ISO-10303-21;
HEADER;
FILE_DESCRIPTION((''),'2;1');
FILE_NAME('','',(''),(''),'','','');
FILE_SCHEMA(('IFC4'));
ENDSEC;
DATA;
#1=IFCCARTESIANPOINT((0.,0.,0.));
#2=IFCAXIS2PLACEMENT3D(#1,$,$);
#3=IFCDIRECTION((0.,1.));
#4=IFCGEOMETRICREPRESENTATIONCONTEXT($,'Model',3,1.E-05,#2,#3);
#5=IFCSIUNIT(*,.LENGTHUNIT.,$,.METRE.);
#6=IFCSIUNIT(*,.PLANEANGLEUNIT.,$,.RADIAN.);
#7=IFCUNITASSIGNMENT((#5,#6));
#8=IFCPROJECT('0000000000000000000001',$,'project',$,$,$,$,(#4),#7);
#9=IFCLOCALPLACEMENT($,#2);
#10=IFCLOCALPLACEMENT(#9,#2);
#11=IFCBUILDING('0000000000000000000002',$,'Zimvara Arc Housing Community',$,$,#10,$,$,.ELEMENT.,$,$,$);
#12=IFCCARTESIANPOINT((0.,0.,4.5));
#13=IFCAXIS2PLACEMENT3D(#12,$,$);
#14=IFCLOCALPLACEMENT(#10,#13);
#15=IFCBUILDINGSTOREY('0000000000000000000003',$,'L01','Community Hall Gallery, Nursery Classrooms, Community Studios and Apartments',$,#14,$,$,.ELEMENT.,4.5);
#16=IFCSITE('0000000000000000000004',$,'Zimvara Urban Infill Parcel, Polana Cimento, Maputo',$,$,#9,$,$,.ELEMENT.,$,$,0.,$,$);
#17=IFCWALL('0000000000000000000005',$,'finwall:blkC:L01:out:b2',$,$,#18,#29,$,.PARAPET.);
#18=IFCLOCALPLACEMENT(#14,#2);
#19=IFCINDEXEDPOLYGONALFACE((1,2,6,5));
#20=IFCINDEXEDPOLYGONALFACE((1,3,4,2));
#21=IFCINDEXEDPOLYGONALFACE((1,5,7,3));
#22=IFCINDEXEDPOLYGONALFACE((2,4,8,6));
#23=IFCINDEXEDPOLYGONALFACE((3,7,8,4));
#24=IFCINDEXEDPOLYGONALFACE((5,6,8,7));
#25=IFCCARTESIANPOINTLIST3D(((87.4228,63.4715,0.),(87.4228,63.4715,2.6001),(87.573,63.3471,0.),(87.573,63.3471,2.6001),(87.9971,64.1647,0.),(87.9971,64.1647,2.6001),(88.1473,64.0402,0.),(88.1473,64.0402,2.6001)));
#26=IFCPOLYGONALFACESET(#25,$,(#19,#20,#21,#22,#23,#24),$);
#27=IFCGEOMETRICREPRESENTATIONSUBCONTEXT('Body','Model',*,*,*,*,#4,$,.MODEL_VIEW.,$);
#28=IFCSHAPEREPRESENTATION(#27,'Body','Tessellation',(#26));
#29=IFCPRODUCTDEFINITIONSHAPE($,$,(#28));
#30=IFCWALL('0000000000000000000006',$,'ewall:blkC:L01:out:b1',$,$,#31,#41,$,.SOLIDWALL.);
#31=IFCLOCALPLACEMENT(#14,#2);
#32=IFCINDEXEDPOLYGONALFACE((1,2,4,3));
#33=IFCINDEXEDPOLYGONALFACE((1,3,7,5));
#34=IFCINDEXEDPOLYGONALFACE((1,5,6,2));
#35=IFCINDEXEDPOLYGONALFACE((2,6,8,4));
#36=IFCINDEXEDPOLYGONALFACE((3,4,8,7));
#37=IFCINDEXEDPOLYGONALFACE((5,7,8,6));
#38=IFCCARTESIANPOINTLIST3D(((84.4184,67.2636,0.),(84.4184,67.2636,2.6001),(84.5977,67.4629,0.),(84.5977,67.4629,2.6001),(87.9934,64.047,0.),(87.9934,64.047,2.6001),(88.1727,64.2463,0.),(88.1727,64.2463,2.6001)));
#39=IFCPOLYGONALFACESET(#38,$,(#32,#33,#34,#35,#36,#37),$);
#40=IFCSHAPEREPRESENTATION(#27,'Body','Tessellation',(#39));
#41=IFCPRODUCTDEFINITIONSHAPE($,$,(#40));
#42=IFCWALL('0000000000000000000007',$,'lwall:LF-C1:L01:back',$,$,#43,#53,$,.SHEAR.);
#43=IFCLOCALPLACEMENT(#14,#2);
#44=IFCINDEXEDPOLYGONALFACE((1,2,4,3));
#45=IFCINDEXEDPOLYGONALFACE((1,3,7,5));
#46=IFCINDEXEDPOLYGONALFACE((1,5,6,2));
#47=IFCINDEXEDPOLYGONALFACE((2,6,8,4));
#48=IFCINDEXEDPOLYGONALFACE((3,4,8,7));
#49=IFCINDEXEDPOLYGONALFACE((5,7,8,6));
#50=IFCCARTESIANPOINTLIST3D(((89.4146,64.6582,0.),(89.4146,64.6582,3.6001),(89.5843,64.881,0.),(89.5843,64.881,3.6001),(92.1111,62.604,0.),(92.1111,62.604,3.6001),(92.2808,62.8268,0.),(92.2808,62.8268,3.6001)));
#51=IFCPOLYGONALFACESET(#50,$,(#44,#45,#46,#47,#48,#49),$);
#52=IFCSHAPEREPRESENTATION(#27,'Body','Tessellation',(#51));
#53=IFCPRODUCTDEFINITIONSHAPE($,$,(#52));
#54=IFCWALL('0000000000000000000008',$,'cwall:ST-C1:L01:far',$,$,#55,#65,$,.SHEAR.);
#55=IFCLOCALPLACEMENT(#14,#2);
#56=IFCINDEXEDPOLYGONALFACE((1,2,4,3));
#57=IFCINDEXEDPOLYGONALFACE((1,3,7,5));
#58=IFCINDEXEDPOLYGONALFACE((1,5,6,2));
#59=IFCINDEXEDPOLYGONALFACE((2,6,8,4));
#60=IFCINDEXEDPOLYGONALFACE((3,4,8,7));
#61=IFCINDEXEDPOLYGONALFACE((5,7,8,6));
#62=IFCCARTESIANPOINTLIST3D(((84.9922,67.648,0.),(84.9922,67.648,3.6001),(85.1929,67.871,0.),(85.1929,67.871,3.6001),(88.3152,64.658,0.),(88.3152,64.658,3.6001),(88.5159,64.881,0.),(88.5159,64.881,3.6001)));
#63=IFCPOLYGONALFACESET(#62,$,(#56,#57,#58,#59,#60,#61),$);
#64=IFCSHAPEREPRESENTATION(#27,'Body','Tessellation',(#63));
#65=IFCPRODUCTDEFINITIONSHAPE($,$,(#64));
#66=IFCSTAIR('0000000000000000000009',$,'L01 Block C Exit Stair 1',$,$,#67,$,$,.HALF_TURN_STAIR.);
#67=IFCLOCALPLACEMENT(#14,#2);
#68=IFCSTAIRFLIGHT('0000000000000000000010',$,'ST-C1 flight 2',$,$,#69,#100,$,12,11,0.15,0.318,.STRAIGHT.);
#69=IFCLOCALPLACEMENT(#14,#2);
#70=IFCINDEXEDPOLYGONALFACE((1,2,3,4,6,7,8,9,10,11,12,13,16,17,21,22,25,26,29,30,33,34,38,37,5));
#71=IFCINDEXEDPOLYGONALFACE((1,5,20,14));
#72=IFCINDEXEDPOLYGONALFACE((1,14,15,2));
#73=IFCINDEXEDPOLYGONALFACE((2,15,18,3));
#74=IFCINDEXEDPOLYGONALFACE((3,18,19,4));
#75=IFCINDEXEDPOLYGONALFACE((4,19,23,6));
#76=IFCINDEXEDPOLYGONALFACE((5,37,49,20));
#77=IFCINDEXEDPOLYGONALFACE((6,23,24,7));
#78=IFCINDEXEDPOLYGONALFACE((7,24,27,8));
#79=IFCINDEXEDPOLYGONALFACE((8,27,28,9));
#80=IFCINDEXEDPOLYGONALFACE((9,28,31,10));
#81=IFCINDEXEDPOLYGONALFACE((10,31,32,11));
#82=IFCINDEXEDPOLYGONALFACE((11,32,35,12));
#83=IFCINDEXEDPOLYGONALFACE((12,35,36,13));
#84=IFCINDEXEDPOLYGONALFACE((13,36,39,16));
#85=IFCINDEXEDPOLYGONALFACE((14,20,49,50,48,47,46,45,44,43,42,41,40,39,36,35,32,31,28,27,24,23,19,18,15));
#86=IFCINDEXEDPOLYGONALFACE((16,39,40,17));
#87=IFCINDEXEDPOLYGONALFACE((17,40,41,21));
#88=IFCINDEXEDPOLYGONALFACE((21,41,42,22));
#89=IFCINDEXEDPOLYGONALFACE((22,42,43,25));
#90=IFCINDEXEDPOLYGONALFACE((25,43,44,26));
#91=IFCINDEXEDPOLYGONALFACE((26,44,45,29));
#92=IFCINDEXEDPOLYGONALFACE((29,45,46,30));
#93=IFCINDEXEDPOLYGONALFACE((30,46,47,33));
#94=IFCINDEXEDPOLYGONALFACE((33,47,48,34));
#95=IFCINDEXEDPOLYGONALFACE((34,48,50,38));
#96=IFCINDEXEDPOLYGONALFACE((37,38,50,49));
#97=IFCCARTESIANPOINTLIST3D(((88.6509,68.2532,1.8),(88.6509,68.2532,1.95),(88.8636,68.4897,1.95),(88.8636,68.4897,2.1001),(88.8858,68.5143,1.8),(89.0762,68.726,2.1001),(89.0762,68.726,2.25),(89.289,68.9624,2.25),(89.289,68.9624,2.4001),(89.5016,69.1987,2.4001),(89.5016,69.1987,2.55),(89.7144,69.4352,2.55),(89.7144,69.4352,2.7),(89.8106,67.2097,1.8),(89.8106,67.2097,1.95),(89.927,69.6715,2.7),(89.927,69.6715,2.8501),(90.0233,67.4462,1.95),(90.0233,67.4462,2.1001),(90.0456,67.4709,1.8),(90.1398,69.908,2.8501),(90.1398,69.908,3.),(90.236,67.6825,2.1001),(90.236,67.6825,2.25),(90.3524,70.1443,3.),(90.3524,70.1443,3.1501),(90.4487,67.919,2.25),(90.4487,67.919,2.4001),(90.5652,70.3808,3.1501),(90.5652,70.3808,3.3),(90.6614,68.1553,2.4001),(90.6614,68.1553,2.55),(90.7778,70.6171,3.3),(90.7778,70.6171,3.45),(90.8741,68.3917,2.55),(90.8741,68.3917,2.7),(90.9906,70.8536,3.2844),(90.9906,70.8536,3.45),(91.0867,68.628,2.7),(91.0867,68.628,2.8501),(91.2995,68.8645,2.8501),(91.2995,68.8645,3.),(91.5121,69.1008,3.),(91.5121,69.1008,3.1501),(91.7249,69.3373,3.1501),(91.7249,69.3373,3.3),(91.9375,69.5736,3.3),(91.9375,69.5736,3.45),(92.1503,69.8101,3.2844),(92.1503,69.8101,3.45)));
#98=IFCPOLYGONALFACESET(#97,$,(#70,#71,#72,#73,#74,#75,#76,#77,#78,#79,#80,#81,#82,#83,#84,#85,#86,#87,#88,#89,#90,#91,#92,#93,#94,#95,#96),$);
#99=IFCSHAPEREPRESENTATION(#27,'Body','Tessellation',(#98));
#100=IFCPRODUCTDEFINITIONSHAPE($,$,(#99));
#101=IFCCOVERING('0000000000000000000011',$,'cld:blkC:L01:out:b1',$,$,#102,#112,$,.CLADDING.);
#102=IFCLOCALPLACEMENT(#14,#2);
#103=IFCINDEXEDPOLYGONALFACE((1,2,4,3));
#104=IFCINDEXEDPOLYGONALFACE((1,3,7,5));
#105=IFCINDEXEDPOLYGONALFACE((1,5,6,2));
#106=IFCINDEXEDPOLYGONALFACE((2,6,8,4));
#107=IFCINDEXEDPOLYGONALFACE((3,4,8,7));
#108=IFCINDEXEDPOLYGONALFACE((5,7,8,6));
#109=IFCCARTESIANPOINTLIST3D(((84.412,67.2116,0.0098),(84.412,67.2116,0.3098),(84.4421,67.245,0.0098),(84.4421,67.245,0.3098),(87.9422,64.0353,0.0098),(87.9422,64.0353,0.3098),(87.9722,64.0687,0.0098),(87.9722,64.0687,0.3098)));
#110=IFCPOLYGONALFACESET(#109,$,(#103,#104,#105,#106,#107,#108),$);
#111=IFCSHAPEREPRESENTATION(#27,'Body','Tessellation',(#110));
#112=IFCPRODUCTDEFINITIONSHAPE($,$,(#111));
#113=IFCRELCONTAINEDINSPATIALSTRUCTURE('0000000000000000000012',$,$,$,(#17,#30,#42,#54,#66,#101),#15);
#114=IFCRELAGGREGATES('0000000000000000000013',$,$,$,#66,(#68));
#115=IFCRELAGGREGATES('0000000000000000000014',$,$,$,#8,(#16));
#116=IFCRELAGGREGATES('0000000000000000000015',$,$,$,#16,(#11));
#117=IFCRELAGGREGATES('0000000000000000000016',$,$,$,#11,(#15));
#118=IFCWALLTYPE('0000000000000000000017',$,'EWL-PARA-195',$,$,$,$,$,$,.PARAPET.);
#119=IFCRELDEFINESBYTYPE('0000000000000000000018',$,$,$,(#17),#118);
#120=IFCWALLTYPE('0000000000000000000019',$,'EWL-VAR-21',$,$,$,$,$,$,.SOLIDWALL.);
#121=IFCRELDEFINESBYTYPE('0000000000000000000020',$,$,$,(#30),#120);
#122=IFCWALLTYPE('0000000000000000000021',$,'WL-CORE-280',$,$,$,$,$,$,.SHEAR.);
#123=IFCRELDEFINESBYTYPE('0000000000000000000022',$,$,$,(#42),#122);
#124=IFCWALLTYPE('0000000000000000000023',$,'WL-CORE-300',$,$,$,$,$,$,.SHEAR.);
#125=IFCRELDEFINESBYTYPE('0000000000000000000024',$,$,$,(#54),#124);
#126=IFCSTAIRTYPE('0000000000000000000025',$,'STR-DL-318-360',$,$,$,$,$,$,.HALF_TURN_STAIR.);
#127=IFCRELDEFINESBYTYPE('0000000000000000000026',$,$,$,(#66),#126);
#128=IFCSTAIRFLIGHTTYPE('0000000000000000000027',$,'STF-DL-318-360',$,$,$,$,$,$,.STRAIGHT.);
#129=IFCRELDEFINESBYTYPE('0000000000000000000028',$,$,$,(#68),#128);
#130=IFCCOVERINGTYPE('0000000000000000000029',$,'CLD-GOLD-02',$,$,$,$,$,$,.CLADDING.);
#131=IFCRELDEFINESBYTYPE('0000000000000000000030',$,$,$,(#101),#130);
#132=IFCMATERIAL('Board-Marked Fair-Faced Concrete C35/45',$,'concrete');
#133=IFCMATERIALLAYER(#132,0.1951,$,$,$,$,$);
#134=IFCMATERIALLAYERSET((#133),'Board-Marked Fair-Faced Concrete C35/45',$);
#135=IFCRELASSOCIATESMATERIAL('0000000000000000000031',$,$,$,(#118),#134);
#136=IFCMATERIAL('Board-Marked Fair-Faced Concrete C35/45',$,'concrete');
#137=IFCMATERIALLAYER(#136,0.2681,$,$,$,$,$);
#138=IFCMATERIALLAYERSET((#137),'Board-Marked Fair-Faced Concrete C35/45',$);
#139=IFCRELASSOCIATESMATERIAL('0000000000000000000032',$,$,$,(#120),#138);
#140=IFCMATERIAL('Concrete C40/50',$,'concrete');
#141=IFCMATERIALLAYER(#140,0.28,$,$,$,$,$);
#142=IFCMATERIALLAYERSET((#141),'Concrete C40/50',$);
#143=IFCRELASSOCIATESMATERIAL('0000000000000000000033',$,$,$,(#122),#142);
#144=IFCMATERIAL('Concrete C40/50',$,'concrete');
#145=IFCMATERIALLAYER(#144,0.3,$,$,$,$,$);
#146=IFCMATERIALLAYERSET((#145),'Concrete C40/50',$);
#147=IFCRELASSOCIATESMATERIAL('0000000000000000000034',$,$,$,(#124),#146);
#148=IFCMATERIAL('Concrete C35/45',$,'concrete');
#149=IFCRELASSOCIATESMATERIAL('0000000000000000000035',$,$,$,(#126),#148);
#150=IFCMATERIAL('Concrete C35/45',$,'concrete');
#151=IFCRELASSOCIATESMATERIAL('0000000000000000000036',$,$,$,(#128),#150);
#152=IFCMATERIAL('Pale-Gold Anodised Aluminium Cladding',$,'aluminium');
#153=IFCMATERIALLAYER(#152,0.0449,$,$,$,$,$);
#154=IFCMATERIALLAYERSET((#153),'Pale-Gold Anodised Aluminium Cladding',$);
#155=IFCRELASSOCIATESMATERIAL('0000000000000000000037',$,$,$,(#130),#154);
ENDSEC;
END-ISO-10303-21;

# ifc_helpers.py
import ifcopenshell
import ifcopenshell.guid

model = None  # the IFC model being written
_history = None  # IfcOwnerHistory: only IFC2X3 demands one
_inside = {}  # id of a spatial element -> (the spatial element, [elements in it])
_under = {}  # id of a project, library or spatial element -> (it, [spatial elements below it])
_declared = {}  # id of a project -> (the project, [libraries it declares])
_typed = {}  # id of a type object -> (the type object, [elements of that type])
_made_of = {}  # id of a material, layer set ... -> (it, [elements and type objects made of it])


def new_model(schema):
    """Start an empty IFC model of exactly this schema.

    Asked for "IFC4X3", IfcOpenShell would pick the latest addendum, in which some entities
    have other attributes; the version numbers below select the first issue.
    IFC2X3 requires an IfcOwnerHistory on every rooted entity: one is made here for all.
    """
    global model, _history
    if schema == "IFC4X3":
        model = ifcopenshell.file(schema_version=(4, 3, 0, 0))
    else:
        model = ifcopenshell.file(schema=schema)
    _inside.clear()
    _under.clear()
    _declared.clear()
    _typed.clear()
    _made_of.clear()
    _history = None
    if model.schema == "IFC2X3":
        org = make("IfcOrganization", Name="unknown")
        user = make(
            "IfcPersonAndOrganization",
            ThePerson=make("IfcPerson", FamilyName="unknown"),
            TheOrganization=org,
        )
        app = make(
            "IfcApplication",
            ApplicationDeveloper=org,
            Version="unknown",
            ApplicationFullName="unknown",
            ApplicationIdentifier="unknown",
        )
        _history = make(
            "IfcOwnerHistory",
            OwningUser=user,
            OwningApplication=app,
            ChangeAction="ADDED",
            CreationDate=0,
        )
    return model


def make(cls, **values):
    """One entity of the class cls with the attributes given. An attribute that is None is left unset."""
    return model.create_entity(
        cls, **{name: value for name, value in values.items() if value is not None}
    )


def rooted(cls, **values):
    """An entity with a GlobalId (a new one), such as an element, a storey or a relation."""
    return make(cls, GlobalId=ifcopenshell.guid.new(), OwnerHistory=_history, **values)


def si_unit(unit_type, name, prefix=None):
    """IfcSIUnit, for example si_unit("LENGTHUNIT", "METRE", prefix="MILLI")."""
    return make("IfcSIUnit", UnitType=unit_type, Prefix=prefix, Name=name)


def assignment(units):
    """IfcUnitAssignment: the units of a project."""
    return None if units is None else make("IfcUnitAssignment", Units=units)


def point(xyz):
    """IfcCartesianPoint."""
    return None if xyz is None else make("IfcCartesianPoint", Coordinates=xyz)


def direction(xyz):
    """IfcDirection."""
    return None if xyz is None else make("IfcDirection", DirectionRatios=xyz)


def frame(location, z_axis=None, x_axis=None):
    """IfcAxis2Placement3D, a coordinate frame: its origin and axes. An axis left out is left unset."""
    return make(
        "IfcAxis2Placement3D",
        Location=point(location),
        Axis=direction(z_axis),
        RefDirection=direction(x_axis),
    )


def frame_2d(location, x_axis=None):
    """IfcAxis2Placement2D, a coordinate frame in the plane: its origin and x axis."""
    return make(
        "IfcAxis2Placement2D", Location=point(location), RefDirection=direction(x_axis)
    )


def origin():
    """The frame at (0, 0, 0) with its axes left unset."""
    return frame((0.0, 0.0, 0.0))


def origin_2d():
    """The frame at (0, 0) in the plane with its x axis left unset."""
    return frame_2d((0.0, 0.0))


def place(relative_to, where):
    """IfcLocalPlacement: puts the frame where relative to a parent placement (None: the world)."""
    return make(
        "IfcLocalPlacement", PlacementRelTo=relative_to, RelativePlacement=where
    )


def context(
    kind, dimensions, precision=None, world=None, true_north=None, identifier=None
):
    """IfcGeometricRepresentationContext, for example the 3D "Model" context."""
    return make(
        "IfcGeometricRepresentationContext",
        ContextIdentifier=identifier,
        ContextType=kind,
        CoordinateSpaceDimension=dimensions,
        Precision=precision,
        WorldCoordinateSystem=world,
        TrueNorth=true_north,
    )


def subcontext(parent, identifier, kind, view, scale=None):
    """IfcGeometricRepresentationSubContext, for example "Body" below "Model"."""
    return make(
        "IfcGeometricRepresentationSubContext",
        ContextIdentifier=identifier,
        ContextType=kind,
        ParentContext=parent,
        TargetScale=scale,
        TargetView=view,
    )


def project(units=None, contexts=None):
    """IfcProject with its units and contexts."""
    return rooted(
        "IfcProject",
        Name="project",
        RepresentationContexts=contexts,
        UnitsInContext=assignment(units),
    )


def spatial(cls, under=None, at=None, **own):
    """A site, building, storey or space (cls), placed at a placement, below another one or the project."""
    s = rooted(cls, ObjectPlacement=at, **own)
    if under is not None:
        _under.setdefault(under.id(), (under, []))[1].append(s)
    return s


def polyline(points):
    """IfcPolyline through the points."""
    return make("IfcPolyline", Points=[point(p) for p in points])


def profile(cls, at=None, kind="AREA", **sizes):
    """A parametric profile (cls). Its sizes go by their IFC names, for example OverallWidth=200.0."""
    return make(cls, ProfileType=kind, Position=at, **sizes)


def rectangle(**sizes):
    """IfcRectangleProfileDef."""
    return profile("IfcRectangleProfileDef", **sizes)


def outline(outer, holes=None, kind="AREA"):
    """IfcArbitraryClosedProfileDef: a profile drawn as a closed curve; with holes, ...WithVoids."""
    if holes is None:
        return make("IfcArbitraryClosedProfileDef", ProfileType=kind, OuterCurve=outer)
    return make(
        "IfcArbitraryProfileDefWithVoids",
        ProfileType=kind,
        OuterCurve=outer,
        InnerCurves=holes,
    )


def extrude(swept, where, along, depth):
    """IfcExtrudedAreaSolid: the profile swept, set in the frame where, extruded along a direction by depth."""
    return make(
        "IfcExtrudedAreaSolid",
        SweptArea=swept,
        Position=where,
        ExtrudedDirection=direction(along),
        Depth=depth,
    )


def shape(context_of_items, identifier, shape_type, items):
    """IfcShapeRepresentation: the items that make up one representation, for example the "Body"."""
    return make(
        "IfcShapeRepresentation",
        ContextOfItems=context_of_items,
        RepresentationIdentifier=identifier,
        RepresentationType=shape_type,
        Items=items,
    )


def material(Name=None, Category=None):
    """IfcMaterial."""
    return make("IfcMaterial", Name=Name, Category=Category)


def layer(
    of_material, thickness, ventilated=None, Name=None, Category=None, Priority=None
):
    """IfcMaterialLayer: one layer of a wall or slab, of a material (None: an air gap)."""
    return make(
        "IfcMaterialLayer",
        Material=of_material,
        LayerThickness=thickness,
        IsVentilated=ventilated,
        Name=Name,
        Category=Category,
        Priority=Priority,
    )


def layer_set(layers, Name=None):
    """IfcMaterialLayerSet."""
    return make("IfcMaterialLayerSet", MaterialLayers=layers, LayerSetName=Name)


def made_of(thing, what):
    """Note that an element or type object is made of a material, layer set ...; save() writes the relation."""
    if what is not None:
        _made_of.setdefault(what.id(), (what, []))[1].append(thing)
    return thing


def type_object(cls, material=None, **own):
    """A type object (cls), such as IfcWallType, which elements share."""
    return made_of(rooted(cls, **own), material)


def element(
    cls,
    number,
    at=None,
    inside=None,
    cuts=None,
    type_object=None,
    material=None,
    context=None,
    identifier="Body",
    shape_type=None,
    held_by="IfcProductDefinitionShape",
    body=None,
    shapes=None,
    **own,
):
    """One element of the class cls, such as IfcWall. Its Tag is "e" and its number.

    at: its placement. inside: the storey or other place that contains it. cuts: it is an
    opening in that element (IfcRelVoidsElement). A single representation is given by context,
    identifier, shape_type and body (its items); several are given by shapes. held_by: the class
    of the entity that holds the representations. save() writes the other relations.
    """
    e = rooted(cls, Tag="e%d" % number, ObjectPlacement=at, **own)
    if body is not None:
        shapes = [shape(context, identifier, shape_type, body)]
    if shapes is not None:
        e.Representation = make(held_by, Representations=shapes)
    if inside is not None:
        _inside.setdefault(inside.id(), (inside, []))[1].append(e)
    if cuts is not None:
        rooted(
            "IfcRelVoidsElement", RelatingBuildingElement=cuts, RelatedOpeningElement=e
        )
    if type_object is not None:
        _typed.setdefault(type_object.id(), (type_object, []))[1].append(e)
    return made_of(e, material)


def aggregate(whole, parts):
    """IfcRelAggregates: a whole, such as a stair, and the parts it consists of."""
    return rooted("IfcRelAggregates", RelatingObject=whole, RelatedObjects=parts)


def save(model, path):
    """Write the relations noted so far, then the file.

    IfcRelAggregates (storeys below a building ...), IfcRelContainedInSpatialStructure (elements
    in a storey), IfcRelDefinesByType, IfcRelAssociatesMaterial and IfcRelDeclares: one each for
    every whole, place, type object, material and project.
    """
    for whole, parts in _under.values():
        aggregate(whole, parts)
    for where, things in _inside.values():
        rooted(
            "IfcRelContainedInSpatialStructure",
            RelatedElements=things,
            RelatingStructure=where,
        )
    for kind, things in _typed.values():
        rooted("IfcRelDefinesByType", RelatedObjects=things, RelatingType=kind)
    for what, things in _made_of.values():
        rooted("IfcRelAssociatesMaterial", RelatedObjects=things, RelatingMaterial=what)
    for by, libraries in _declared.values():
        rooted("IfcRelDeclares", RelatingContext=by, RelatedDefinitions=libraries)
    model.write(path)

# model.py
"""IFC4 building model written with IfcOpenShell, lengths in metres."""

from ifc_helpers import new_model, si_unit, direction, frame, frame_2d, origin, origin_2d, place, context, subcontext, project, spatial, polyline, rectangle, outline, extrude, material, layer, layer_set, type_object, element, aggregate, save


model = new_model("IFC4")

# Units and contexts
model_context = context("Model", 3, precision=1e-05, world=origin(), true_north=direction((0.0, 1.0)))
body_context = subcontext(model_context, "Body", "Model", "MODEL_VIEW")
ifc_project = project(units=[si_unit("LENGTHUNIT", "METRE"), si_unit("PLANEANGLEUNIT", "RADIAN")], contexts=[model_context])

# Site, building, storey
site_placement = place(None, origin())
site = spatial("IfcSite", under=ifc_project, at=site_placement, Name="Zimvara Urban Infill Parcel, Polana Cimento, Maputo", CompositionType="ELEMENT", RefElevation=0.0)
building_placement = place(site_placement, origin())
building = spatial("IfcBuilding", under=site, at=building_placement, Name="Zimvara Arc Housing Community", CompositionType="ELEMENT")
storey_placement = place(building_placement, frame((0.0, 0.0, 4.5)))
storey = spatial("IfcBuildingStorey", under=building, at=storey_placement, Name="L01", Description="Community Hall Gallery, Nursery Classrooms, Community Studios and Apartments", CompositionType="ELEMENT", Elevation=4.5)

# Walls
ifc_material_1 = material(Name="Board-Marked Fair-Faced Concrete C35/45", Category="concrete")
ifc_layer_1 = layer(ifc_material_1, 0.1951)
ifc_layer_set_1 = layer_set([ifc_layer_1], Name="Board-Marked Fair-Faced Concrete C35/45")
wall_type_1 = type_object("IfcWallType", Name="EWL-PARA-195", PredefinedType="PARAPET", material=ifc_layer_set_1)
wall_1_placement = place(storey_placement, frame((88.0723, 64.1025, 0.0), z_axis=(0.0, 0.0, 1.0), x_axis=(-0.637967, -0.770063, 0.0)))
element("IfcWall", 1, at=wall_1_placement, inside=storey, type_object=wall_type_1, Name="finwall:blkC:L01:out:b2", PredefinedType="PARAPET", context=body_context, shape_type="SweptSolid", body=[
    extrude(rectangle(XDim=0.9001, YDim=0.1951, at=frame_2d((0.4502, 0.0))), origin(), (0.0, 0.0, 1.0), 2.6001),
])
ifc_material_2 = material(Name="Board-Marked Fair-Faced Concrete C35/45", Category="concrete")
ifc_layer_2 = layer(ifc_material_2, 0.2681)
ifc_layer_set_2 = layer_set([ifc_layer_2], Name="Board-Marked Fair-Faced Concrete C35/45")
wall_type_2 = type_object("IfcWallType", Name="EWL-VAR-21", PredefinedType="SOLIDWALL", material=ifc_layer_set_2)
wall_2_placement = place(storey_placement, frame((84.5081, 67.3633, 0.0), z_axis=(0.0, 0.0, 1.0), x_axis=(0.743388, -0.668861, 0.0)))
element("IfcWall", 2, at=wall_2_placement, inside=storey, type_object=wall_type_2, Name="ewall:blkC:L01:out:b1", PredefinedType="SOLIDWALL", context=body_context, shape_type="SweptSolid", body=[
    extrude(rectangle(XDim=4.8091, YDim=0.2681, at=frame_2d((2.4045, 0.0))), origin(), (0.0, 0.0, 1.0), 2.6001),
])
ifc_material_3 = material(Name="Concrete C40/50", Category="concrete")
ifc_layer_3 = layer(ifc_material_3, 0.28)
ifc_layer_set_3 = layer_set([ifc_layer_3], Name="Concrete C40/50")
wall_type_3 = type_object("IfcWallType", Name="WL-CORE-280", PredefinedType="SHEAR", material=ifc_layer_set_3)
wall_3_placement = place(storey_placement, frame((89.4995, 64.7695, 0.0), z_axis=(0.0, 0.0, 1.0), x_axis=(0.795475, -0.605987, 0.0)))
element("IfcWall", 3, at=wall_3_placement, inside=storey, type_object=wall_type_3, Name="lwall:LF-C1:L01:back", PredefinedType="SHEAR", context=body_context, shape_type="SweptSolid", body=[
    extrude(rectangle(XDim=3.3899, YDim=0.28, at=frame_2d((1.6948, 0.0))), origin(), (0.0, 0.0, 1.0), 3.6001),
])
ifc_material_4 = material(Name="Concrete C40/50", Category="concrete")
ifc_layer_4 = layer(ifc_material_4, 0.3)
ifc_layer_set_4 = layer_set([ifc_layer_4], Name="Concrete C40/50")
wall_type_4 = type_object("IfcWallType", Name="WL-CORE-300", PredefinedType="SHEAR", material=ifc_layer_set_4)
wall_4_placement = place(storey_placement, frame((85.0925, 67.7595, 0.0), z_axis=(0.0, 0.0, 1.0), x_axis=(0.743373, -0.668877, 0.0)))
element("IfcWall", 4, at=wall_4_placement, inside=storey, type_object=wall_type_4, Name="cwall:ST-C1:L01:far", PredefinedType="SHEAR", context=body_context, shape_type="SweptSolid", body=[
    extrude(rectangle(XDim=4.4702, YDim=0.3, at=frame_2d((2.2351, 0.0))), origin(), (0.0, 0.0, 1.0), 3.6001),
])

# Stair, stair flight
ifc_material_5 = material(Name="Concrete C35/45", Category="concrete")
stair_type = type_object("IfcStairType", Name="STR-DL-318-360", PredefinedType="HALF_TURN_STAIR", material=ifc_material_5)
stair_placement = place(storey_placement, origin())
stair = element("IfcStair", 5, at=stair_placement, inside=storey, type_object=stair_type, Name="L01 Block C Exit Stair 1", PredefinedType="HALF_TURN_STAIR")
ifc_material_6 = material(Name="Concrete C35/45", Category="concrete")
stair_flight_type = type_object("IfcStairFlightType", Name="STF-DL-318-360", PredefinedType="STRAIGHT", material=ifc_material_6)
stair_flight_placement = place(storey_placement, frame((89.2307, 67.7314, 1.8), z_axis=(0.0, 0.0, 1.0), x_axis=(0.668871, 0.743378, 0.0)))
stair_flight = element("IfcStairFlight", 6, at=stair_flight_placement, type_object=stair_flight_type, Name="ST-C1 flight 2", NumberOfRisers=12, NumberOfTreads=11, PredefinedType="STRAIGHT", RiserHeight=0.15, TreadLength=0.318, context=body_context, shape_type="SweptSolid", body=[
    extrude(outline(polyline([(0.0, 0.0), (0.0, 0.1499), (0.3181, 0.1499), (0.3181, 0.3), (0.636, 0.3), (0.636, 0.45), (0.9541, 0.45), (0.9541, 0.6001), (1.272, 0.6001), (1.272, 0.75), (1.5901, 0.75), (1.5901, 0.8999), (1.908, 0.8999), (1.908, 1.05), (2.2261, 1.05), (2.2261, 1.2), (2.5439, 1.2), (2.5439, 1.3501), (2.8621, 1.3501), (2.8621, 1.5), (3.1799, 1.5), (3.1799, 1.6499), (3.498, 1.6499), (3.498, 1.8), (3.498, 1.4844), (0.3513, 0.0), (0.0, 0.0)])), frame((0.0, 0.78, 0.0), z_axis=(0.0, -1.0, 0.0), x_axis=(1.0, 0.0, 0.0)), (0.0, 0.0, 1.0), 1.5601),
])
aggregate(stair, [stair_flight])

# Covering
ifc_material_7 = material(Name="Pale-Gold Anodised Aluminium Cladding", Category="aluminium")
ifc_layer_5 = layer(ifc_material_7, 0.0449)
ifc_layer_set_5 = layer_set([ifc_layer_5], Name="Pale-Gold Anodised Aluminium Cladding")
covering_type = type_object("IfcCoveringType", Name="CLD-GOLD-02", PredefinedType="CLADDING", material=ifc_layer_set_5)
covering_placement = place(storey_placement, frame((86.1921, 65.6401, 0.0098), z_axis=(0.0, 0.0, 1.0), x_axis=(0.743377, -0.668872, 0.0)))
element("IfcCovering", 7, at=covering_placement, inside=storey, type_object=covering_type, Name="cld:blkC:L01:out:b1", PredefinedType="CLADDING", context=body_context, shape_type="SweptSolid", body=[
    extrude(rectangle(XDim=4.7488, YDim=0.0449, at=origin_2d()), origin(), (0.0, 0.0, 1.0), 0.3),
])

save(model, "model.ifc")
